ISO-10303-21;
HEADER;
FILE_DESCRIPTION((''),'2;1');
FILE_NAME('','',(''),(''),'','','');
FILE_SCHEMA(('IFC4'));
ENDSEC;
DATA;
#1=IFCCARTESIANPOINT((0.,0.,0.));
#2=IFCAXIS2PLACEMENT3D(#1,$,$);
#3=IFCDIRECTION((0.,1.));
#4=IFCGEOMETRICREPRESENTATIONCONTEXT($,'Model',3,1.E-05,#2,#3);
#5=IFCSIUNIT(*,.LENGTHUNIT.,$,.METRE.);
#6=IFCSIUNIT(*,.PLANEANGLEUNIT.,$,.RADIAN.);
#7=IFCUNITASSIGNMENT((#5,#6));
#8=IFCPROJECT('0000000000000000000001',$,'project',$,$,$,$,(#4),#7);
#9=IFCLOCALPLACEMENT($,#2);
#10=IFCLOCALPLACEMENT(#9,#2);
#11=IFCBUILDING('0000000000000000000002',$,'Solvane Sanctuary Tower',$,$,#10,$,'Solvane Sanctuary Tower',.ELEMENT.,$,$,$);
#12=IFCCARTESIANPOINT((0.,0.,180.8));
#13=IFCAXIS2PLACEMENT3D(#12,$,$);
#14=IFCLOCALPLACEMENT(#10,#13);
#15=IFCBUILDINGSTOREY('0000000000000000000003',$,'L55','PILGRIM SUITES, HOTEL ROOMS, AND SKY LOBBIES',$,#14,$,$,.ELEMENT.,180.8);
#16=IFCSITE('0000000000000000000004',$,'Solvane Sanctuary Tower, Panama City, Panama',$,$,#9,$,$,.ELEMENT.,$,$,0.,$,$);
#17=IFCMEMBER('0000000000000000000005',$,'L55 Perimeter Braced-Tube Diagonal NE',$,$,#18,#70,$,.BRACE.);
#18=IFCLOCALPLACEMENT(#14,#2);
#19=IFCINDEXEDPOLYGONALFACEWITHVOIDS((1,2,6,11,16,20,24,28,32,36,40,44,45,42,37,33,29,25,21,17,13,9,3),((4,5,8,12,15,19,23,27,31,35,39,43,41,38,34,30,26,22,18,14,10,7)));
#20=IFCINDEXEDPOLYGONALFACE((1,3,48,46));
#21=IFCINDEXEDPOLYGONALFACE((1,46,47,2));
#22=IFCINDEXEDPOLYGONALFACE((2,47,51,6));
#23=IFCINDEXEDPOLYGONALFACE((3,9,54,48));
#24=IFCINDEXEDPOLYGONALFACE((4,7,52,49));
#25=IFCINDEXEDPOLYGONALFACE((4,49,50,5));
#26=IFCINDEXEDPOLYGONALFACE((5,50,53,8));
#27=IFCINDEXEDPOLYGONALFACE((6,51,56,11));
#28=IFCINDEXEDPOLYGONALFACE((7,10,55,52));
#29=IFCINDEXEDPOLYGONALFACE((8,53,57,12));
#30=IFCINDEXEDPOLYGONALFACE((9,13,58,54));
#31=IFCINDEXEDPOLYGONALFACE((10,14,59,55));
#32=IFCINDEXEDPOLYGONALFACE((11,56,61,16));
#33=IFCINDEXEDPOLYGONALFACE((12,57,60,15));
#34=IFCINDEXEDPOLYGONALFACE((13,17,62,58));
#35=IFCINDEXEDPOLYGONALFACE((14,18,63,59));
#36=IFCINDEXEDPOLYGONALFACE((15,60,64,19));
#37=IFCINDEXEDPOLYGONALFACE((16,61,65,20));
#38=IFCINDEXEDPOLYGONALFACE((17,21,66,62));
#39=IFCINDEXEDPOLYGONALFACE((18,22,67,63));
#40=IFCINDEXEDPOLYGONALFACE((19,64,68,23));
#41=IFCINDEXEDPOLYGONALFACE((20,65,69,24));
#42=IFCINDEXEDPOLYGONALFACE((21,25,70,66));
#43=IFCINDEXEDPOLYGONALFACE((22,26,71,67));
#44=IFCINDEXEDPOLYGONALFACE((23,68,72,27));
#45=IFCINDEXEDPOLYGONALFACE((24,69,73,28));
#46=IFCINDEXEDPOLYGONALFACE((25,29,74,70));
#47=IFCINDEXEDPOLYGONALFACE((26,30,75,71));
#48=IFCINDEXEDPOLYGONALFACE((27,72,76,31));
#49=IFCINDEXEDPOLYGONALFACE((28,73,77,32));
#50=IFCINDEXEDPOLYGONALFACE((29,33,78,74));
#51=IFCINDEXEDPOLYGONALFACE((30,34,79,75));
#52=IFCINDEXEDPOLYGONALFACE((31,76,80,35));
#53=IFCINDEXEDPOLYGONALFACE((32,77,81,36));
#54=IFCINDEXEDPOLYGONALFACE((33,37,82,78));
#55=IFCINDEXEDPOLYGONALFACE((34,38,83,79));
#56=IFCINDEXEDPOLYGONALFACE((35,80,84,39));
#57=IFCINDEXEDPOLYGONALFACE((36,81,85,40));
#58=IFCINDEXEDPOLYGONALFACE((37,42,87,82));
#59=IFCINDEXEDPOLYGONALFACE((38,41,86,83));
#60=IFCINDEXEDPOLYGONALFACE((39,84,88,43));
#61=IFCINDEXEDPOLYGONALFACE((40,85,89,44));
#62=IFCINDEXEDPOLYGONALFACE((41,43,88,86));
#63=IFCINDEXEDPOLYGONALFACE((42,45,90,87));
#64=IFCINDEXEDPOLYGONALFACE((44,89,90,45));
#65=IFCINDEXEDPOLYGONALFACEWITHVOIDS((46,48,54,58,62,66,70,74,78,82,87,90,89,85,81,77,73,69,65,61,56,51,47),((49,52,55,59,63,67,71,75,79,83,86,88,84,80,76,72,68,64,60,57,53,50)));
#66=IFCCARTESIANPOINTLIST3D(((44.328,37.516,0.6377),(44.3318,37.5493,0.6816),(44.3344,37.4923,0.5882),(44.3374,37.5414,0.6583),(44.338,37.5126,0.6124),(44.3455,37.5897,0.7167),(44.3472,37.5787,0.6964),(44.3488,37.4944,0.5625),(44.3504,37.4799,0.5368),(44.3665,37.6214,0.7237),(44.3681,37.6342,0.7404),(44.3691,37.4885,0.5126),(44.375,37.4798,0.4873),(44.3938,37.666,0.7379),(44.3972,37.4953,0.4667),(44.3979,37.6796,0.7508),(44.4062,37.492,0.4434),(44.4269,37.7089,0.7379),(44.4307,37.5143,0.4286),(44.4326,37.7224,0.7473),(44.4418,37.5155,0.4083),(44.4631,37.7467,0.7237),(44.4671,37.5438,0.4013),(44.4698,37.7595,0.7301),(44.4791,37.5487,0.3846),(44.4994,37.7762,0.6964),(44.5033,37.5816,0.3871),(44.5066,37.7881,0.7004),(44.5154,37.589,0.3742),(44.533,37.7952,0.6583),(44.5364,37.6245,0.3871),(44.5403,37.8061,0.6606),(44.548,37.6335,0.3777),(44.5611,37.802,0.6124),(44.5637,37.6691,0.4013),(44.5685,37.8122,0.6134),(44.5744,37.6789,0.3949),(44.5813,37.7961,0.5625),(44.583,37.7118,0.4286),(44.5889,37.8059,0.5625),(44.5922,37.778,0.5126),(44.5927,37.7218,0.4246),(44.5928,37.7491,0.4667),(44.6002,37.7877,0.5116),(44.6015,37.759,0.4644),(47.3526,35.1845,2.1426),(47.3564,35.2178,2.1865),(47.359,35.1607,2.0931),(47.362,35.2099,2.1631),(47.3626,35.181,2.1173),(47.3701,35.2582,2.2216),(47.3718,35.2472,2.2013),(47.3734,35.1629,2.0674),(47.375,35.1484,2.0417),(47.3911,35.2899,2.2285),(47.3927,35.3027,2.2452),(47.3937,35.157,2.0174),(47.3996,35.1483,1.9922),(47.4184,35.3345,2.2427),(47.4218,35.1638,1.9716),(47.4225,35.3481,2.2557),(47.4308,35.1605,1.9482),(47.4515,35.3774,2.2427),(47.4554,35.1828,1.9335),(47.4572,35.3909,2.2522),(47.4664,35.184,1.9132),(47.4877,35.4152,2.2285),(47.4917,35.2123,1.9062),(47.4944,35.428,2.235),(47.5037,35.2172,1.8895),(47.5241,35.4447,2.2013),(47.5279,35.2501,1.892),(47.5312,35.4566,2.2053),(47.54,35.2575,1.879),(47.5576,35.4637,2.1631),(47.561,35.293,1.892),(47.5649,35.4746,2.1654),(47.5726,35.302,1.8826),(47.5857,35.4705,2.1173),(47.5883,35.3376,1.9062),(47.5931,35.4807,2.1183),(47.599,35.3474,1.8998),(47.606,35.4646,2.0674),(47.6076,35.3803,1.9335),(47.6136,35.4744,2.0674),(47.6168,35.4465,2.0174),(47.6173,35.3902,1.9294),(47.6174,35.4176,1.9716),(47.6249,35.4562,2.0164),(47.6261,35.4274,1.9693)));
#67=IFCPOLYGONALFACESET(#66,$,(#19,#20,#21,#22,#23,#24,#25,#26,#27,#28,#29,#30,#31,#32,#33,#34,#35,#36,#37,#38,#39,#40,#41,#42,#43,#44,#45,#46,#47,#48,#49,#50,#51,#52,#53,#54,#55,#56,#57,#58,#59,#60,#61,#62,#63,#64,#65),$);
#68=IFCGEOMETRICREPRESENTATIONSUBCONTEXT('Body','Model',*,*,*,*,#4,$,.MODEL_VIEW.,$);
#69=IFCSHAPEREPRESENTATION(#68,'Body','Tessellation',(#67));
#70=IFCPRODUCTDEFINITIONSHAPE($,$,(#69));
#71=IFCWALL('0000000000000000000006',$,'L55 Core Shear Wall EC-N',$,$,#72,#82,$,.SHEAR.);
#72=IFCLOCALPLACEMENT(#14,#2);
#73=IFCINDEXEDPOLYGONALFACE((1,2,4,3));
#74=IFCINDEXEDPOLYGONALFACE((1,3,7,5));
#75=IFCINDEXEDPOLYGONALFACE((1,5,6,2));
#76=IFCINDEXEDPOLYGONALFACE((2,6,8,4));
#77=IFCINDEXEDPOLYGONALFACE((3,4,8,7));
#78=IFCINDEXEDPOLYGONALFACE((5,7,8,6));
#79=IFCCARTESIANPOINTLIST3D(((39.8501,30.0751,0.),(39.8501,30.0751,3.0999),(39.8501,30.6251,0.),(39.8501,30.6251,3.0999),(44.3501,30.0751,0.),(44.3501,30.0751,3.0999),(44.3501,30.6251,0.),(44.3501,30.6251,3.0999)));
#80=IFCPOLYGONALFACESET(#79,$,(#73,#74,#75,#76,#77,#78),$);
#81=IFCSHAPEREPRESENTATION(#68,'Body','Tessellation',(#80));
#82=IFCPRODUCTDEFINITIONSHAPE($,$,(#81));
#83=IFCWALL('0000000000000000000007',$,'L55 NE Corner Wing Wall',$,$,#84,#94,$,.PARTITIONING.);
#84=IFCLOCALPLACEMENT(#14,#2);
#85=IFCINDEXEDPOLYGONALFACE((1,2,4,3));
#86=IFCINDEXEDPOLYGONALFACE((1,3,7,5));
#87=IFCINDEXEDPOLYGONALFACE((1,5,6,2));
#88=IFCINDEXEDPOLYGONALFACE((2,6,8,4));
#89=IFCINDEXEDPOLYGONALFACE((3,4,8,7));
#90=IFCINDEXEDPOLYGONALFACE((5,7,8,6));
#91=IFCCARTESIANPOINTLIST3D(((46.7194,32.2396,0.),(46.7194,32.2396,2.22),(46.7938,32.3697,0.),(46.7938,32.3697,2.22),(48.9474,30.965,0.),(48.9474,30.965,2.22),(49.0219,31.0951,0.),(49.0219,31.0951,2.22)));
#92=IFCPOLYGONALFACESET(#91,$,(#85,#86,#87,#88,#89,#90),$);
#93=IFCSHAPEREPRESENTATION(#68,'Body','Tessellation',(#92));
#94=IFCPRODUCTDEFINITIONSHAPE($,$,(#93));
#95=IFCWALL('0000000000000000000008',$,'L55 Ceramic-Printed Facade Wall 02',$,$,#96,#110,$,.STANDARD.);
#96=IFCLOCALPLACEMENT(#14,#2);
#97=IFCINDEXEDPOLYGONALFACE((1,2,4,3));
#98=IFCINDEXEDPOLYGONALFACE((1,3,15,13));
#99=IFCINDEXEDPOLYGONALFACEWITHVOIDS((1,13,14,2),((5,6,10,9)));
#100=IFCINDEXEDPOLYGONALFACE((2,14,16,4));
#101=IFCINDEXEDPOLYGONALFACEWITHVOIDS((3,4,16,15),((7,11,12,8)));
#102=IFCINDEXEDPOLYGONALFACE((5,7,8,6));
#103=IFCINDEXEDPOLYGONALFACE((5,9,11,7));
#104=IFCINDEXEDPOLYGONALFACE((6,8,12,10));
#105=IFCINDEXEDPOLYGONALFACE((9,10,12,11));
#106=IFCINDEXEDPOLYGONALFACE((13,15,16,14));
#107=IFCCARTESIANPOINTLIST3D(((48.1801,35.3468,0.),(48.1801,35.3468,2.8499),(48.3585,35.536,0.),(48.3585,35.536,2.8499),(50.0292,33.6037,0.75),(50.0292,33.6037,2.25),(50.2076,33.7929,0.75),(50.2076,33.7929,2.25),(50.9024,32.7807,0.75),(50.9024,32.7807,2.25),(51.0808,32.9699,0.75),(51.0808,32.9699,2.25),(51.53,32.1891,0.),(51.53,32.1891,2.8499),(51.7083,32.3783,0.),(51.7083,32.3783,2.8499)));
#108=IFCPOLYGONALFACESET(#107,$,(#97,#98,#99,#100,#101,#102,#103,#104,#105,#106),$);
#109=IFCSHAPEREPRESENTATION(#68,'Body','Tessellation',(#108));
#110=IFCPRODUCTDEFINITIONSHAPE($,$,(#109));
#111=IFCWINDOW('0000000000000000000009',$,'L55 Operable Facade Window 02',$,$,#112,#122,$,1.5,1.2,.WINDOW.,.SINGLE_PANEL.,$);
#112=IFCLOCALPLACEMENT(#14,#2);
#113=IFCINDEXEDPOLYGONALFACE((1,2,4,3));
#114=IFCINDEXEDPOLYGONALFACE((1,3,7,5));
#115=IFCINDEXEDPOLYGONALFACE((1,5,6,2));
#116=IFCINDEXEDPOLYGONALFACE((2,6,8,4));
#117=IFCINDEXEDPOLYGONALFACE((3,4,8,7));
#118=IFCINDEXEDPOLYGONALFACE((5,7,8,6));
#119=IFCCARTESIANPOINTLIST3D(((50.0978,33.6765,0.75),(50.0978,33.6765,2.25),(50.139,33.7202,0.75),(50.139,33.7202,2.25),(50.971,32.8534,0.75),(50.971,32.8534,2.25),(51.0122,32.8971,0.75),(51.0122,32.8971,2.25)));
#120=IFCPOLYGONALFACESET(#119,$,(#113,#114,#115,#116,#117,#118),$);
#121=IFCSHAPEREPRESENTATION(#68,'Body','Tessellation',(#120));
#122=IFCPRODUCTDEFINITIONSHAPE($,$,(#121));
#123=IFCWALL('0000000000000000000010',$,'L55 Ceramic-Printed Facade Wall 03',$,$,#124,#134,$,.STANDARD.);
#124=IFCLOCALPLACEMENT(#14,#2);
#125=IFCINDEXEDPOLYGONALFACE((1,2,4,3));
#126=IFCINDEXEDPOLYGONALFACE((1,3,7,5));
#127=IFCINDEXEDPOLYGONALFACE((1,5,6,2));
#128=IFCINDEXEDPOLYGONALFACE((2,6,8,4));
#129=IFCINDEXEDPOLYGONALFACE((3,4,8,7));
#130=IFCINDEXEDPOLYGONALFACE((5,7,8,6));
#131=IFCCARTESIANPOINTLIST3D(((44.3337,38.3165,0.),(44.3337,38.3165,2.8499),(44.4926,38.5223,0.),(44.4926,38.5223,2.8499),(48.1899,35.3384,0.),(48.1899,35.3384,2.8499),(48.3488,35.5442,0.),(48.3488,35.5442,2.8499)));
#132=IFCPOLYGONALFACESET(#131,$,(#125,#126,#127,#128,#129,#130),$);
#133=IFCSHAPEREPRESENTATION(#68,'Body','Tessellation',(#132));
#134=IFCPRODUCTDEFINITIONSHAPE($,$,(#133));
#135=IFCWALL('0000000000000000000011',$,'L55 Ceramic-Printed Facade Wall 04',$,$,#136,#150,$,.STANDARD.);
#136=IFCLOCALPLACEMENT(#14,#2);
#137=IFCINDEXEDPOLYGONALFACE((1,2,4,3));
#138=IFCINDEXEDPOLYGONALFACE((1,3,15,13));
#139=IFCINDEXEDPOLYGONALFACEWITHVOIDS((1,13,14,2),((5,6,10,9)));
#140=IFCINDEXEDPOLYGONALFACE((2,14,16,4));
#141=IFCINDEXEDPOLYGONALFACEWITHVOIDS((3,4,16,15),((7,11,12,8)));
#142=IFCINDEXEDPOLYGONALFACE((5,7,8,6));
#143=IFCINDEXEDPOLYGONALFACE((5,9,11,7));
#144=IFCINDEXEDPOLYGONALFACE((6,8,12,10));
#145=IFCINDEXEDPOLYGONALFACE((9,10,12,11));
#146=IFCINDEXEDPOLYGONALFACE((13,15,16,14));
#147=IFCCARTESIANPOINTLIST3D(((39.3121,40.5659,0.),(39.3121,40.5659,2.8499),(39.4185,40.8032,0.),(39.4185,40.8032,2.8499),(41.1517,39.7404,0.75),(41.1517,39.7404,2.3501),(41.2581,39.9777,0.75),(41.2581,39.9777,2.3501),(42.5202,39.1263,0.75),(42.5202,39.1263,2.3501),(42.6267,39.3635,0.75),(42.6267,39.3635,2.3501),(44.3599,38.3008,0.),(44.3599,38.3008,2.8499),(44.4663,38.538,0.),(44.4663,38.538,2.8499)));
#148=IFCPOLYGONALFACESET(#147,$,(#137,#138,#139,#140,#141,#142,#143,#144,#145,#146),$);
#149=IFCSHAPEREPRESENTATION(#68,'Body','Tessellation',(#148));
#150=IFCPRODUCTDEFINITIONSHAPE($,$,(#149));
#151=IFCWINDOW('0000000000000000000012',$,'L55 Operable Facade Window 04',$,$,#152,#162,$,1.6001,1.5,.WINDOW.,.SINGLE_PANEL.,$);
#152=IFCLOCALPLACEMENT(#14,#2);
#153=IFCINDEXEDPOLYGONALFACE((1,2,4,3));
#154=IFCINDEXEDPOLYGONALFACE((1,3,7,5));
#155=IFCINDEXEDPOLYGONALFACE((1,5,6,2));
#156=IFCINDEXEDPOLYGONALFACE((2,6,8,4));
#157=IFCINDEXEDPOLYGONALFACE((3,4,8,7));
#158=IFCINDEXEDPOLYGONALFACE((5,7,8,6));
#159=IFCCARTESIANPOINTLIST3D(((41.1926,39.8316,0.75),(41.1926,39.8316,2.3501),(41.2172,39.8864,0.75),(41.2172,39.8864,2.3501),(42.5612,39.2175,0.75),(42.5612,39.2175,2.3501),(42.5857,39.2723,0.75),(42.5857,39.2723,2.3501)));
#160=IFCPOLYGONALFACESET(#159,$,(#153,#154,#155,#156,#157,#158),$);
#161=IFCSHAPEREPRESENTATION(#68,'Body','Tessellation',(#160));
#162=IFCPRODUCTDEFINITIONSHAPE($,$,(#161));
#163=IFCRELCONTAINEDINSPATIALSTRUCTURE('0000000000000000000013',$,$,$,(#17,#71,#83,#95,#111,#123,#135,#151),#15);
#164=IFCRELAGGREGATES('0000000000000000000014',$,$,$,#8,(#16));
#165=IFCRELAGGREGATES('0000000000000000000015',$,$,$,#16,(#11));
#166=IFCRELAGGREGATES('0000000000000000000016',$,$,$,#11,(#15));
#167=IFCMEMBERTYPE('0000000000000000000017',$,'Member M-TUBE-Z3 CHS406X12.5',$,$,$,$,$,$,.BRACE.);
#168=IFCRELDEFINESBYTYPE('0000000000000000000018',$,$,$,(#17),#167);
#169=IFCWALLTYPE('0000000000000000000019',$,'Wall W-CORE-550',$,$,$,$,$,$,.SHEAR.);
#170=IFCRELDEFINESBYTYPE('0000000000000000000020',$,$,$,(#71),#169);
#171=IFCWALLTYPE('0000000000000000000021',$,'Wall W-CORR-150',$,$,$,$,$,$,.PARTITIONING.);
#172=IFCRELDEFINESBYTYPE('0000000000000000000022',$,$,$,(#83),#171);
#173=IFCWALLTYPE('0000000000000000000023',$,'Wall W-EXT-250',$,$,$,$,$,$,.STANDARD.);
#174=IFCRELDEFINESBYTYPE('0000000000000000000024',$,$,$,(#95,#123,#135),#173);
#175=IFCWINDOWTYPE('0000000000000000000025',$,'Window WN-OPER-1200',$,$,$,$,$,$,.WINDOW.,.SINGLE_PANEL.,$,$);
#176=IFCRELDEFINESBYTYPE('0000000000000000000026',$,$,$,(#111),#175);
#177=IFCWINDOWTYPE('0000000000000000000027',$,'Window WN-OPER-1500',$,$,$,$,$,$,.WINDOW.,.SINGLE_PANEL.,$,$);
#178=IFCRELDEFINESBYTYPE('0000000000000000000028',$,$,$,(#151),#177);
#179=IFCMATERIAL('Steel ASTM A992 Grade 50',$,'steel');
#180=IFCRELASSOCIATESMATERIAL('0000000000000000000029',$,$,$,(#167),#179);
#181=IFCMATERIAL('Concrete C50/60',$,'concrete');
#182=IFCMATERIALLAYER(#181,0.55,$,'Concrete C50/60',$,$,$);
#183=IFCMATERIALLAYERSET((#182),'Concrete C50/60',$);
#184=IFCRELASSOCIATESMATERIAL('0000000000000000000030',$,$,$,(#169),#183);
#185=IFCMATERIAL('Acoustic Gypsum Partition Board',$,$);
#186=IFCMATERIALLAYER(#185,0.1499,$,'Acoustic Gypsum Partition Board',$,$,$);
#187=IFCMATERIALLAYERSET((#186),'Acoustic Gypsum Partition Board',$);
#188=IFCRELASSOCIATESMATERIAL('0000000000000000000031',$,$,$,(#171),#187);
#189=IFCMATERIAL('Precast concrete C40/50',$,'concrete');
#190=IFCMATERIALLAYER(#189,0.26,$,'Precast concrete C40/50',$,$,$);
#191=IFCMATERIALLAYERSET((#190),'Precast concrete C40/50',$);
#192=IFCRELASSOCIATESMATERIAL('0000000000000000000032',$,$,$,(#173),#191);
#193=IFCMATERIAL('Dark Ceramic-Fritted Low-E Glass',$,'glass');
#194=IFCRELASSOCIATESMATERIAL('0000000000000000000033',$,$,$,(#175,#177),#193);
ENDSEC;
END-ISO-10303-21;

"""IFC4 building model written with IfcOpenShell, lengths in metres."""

from ifc_helpers import new_model, si_unit, direction, frame, frame_2d, origin, origin_2d, place, context, subcontext, project, spatial, rectangle, hollow_circle, extrude, material, layer, layer_set, material_profile, profile_set, type_object, element, fill, save


model = new_model("IFC4")

# Units and contexts
model_context = context("Model", 3, precision=1e-05, world=origin(), true_north=direction((0.0, 1.0)))
body_context = subcontext(model_context, "Body", "Model", "MODEL_VIEW")
ifc_project = project(units=[si_unit("LENGTHUNIT", "METRE"), si_unit("PLANEANGLEUNIT", "RADIAN")], contexts=[model_context])

# Site, building, storey
site_placement = place(None, origin())
site = spatial("IfcSite", under=ifc_project, at=site_placement, Name="Solvane Sanctuary Tower, Panama City, Panama", CompositionType="ELEMENT", RefElevation=0.0)
building_placement = place(site_placement, origin())
building = spatial("IfcBuilding", under=site, at=building_placement, Name="Solvane Sanctuary Tower", LongName="Solvane Sanctuary Tower", CompositionType="ELEMENT")
storey_placement = place(building_placement, frame((0.0, 0.0, 180.8)))
storey = spatial("IfcBuildingStorey", under=building, at=storey_placement, Name="L55", Description="PILGRIM SUITES, HOTEL ROOMS, AND SKY LOBBIES", CompositionType="ELEMENT", Elevation=180.8)

# Shared definitions
ifc_material_1 = material(Name="Steel ASTM A992 Grade 50", Category="steel")

# Member
ifc_material_profile_1 = material_profile(ifc_material_1, hollow_circle(Radius=0.2029, WallThickness=0.0125, at=origin_2d()), Name="CHS406X12.5")
ifc_profile_set_1 = profile_set([ifc_material_profile_1], Name="Steel ASTM A992 Grade 50")
member_type = type_object("IfcMemberType", Name="Member M-TUBE-Z3 CHS406X12.5", PredefinedType="BRACE", material=ifc_profile_set_1)
member_placement = place(storey_placement, frame((44.4651, 37.6453, 0.5625), z_axis=(0.73686, -0.568005, 0.366616), x_axis=(0.610514, 0.792006, 0.0)))
element("IfcMember", 1, at=member_placement, inside=storey, type_object=member_type, Name="L55 Perimeter Braced-Tube Diagonal NE", PredefinedType="BRACE", context=body_context, shape_type="SweptSolid", body=[
    extrude(hollow_circle(Radius=0.2029, WallThickness=0.0125, at=origin_2d()), origin(), (0.0, 0.0, 1.0), 4.1047),
])

# Walls
ifc_material_2 = material(Name="Concrete C50/60", Category="concrete")
ifc_layer_1 = layer(ifc_material_2, 0.55, Name="Concrete C50/60")
ifc_layer_set_1 = layer_set([ifc_layer_1], Name="Concrete C50/60")
wall_type_1 = type_object("IfcWallType", Name="Wall W-CORE-550", PredefinedType="SHEAR", material=ifc_layer_set_1)
wall_1_placement = place(storey_placement, frame((39.8501, 30.3501, 0.0), z_axis=(0.0, 0.0, 1.0), x_axis=(1.0, 0.0, 0.0)))
element("IfcWall", 2, at=wall_1_placement, inside=storey, type_object=wall_type_1, Name="L55 Core Shear Wall EC-N", PredefinedType="SHEAR", context=body_context, shape_type="SweptSolid", body=[
    extrude(rectangle(XDim=4.5, YDim=0.55, at=frame_2d((2.25, 0.0))), origin(), (0.0, 0.0, 1.0), 3.0999),
])
ifc_material_3 = material(Name="Acoustic Gypsum Partition Board")
ifc_layer_2 = layer(ifc_material_3, 0.1499, Name="Acoustic Gypsum Partition Board")
ifc_layer_set_2 = layer_set([ifc_layer_2], Name="Acoustic Gypsum Partition Board")
wall_type_2 = type_object("IfcWallType", Name="Wall W-CORR-150", PredefinedType="PARTITIONING", material=ifc_layer_set_2)
wall_2_placement = place(storey_placement, frame((46.7566, 32.3047, 0.0), z_axis=(0.0, 0.0, 1.0), x_axis=(0.867991, -0.496579, 0.0)))
element("IfcWall", 3, at=wall_2_placement, inside=storey, type_object=wall_type_2, Name="L55 NE Corner Wing Wall", PredefinedType="PARTITIONING", context=body_context, shape_type="SweptSolid", body=[
    extrude(rectangle(XDim=2.5669, YDim=0.1499, at=frame_2d((1.2834, 0.0))), origin(), (0.0, 0.0, 1.0), 2.22),
])

# Wall, opening, window
ifc_material_4 = material(Name="Precast concrete C40/50", Category="concrete")
ifc_layer_3 = layer(ifc_material_4, 0.26, Name="Precast concrete C40/50")
ifc_layer_set_3 = layer_set([ifc_layer_3], Name="Precast concrete C40/50")
wall_type_3 = type_object("IfcWallType", Name="Wall W-EXT-250", PredefinedType="STANDARD", material=ifc_layer_set_3)
wall_3_placement = place(storey_placement, frame((51.6191, 32.2837, 0.0), z_axis=(0.0, 0.0, 1.0), x_axis=(-0.727667, 0.68593, 0.0)))
wall_3 = element("IfcWall", 4, at=wall_3_placement, inside=storey, type_object=wall_type_3, Name="L55 Ceramic-Printed Facade Wall 02", PredefinedType="STANDARD", context=body_context, shape_type="SweptSolid", body=[
    extrude(rectangle(XDim=4.6035, YDim=0.26, at=frame_2d((2.3018, 0.0))), origin(), (0.0, 0.0, 1.0), 2.8499),
])
opening_1_placement = place(wall_3_placement, frame((0.8623, 0.0, 0.75)))
opening_1 = element("IfcOpeningElement", 5, at=opening_1_placement, cuts=wall_3, PredefinedType="OPENING", context=body_context, shape_type="SweptSolid", body=[
    extrude(rectangle(XDim=1.2, YDim=1.5, at=frame_2d((0.6001, 0.75))), frame((0.0, 0.1399, 0.0), z_axis=(0.0, -1.0, 0.0), x_axis=(1.0, 0.0, 0.0)), (0.0, 0.0, 1.0), 0.28),
])
ifc_material_5 = material(Name="Dark Ceramic-Fritted Low-E Glass", Category="glass")
window_type_1 = type_object("IfcWindowType", Name="Window WN-OPER-1200", PartitioningType="SINGLE_PANEL", PredefinedType="WINDOW", material=ifc_material_5)
window_1_placement = place(opening_1_placement, origin())
window_1 = element("IfcWindow", 6, at=window_1_placement, inside=storey, type_object=window_type_1, Name="L55 Operable Facade Window 02", OverallHeight=1.5, OverallWidth=1.2, PartitioningType="SINGLE_PANEL", PredefinedType="WINDOW", context=body_context, shape_type="SweptSolid", body=[
    extrude(rectangle(XDim=1.2, YDim=1.5, at=frame_2d((0.6001, 0.75))), frame((0.0, 0.03, 0.0), z_axis=(0.0, -1.0, 0.0), x_axis=(1.0, 0.0, 0.0)), (0.0, 0.0, 1.0), 0.0601),
])
fill(opening_1, window_1)

# Wall
wall_4_placement = place(storey_placement, frame((48.2693, 35.4414, 0.0), z_axis=(0.0, 0.0, 1.0), x_axis=(-0.79146, 0.611221, 0.0)))
element("IfcWall", 7, at=wall_4_placement, inside=storey, type_object=wall_type_3, Name="L55 Ceramic-Printed Facade Wall 03", PredefinedType="STANDARD", context=body_context, shape_type="SweptSolid", body=[
    extrude(rectangle(XDim=4.8723, YDim=0.26, at=frame_2d((2.436, 0.0))), origin(), (0.0, 0.0, 1.0), 2.8499),
])

# Wall, opening, window
wall_5_placement = place(storey_placement, frame((44.4131, 38.4194, 0.0), z_axis=(0.0, 0.0, 1.0), x_axis=(-0.912354, 0.409403, 0.0)))
wall_5 = element("IfcWall", 8, at=wall_5_placement, inside=storey, type_object=wall_type_3, Name="L55 Ceramic-Printed Facade Wall 04", PredefinedType="STANDARD", context=body_context, shape_type="SweptSolid", body=[
    extrude(rectangle(XDim=5.5327, YDim=0.26, at=frame_2d((2.7664, 0.0))), origin(), (0.0, 0.0, 1.0), 2.8499),
])
opening_2_placement = place(wall_5_placement, frame((2.0164, 0.0, 0.75)))
opening_2 = element("IfcOpeningElement", 9, at=opening_2_placement, cuts=wall_5, PredefinedType="OPENING", context=body_context, shape_type="SweptSolid", body=[
    extrude(rectangle(XDim=1.5, YDim=1.6001, at=frame_2d((0.75, 0.8))), frame((0.0, 0.1399, 0.0), z_axis=(0.0, -1.0, 0.0), x_axis=(1.0, 0.0, 0.0)), (0.0, 0.0, 1.0), 0.28),
])
window_type_2 = type_object("IfcWindowType", Name="Window WN-OPER-1500", PartitioningType="SINGLE_PANEL", PredefinedType="WINDOW", material=ifc_material_5)
window_2_placement = place(opening_2_placement, origin())
window_2 = element("IfcWindow", 10, at=window_2_placement, inside=storey, type_object=window_type_2, Name="L55 Operable Facade Window 04", OverallHeight=1.6001, OverallWidth=1.5, PartitioningType="SINGLE_PANEL", PredefinedType="WINDOW", context=body_context, shape_type="SweptSolid", body=[
    extrude(rectangle(XDim=1.5, YDim=1.6001, at=frame_2d((0.75, 0.8))), frame((0.0, 0.03, 0.0), z_axis=(0.0, -1.0, 0.0), x_axis=(1.0, 0.0, 0.0)), (0.0, 0.0, 1.0), 0.0601),
])
fill(opening_2, window_2)

save(model, "model.ifc")
